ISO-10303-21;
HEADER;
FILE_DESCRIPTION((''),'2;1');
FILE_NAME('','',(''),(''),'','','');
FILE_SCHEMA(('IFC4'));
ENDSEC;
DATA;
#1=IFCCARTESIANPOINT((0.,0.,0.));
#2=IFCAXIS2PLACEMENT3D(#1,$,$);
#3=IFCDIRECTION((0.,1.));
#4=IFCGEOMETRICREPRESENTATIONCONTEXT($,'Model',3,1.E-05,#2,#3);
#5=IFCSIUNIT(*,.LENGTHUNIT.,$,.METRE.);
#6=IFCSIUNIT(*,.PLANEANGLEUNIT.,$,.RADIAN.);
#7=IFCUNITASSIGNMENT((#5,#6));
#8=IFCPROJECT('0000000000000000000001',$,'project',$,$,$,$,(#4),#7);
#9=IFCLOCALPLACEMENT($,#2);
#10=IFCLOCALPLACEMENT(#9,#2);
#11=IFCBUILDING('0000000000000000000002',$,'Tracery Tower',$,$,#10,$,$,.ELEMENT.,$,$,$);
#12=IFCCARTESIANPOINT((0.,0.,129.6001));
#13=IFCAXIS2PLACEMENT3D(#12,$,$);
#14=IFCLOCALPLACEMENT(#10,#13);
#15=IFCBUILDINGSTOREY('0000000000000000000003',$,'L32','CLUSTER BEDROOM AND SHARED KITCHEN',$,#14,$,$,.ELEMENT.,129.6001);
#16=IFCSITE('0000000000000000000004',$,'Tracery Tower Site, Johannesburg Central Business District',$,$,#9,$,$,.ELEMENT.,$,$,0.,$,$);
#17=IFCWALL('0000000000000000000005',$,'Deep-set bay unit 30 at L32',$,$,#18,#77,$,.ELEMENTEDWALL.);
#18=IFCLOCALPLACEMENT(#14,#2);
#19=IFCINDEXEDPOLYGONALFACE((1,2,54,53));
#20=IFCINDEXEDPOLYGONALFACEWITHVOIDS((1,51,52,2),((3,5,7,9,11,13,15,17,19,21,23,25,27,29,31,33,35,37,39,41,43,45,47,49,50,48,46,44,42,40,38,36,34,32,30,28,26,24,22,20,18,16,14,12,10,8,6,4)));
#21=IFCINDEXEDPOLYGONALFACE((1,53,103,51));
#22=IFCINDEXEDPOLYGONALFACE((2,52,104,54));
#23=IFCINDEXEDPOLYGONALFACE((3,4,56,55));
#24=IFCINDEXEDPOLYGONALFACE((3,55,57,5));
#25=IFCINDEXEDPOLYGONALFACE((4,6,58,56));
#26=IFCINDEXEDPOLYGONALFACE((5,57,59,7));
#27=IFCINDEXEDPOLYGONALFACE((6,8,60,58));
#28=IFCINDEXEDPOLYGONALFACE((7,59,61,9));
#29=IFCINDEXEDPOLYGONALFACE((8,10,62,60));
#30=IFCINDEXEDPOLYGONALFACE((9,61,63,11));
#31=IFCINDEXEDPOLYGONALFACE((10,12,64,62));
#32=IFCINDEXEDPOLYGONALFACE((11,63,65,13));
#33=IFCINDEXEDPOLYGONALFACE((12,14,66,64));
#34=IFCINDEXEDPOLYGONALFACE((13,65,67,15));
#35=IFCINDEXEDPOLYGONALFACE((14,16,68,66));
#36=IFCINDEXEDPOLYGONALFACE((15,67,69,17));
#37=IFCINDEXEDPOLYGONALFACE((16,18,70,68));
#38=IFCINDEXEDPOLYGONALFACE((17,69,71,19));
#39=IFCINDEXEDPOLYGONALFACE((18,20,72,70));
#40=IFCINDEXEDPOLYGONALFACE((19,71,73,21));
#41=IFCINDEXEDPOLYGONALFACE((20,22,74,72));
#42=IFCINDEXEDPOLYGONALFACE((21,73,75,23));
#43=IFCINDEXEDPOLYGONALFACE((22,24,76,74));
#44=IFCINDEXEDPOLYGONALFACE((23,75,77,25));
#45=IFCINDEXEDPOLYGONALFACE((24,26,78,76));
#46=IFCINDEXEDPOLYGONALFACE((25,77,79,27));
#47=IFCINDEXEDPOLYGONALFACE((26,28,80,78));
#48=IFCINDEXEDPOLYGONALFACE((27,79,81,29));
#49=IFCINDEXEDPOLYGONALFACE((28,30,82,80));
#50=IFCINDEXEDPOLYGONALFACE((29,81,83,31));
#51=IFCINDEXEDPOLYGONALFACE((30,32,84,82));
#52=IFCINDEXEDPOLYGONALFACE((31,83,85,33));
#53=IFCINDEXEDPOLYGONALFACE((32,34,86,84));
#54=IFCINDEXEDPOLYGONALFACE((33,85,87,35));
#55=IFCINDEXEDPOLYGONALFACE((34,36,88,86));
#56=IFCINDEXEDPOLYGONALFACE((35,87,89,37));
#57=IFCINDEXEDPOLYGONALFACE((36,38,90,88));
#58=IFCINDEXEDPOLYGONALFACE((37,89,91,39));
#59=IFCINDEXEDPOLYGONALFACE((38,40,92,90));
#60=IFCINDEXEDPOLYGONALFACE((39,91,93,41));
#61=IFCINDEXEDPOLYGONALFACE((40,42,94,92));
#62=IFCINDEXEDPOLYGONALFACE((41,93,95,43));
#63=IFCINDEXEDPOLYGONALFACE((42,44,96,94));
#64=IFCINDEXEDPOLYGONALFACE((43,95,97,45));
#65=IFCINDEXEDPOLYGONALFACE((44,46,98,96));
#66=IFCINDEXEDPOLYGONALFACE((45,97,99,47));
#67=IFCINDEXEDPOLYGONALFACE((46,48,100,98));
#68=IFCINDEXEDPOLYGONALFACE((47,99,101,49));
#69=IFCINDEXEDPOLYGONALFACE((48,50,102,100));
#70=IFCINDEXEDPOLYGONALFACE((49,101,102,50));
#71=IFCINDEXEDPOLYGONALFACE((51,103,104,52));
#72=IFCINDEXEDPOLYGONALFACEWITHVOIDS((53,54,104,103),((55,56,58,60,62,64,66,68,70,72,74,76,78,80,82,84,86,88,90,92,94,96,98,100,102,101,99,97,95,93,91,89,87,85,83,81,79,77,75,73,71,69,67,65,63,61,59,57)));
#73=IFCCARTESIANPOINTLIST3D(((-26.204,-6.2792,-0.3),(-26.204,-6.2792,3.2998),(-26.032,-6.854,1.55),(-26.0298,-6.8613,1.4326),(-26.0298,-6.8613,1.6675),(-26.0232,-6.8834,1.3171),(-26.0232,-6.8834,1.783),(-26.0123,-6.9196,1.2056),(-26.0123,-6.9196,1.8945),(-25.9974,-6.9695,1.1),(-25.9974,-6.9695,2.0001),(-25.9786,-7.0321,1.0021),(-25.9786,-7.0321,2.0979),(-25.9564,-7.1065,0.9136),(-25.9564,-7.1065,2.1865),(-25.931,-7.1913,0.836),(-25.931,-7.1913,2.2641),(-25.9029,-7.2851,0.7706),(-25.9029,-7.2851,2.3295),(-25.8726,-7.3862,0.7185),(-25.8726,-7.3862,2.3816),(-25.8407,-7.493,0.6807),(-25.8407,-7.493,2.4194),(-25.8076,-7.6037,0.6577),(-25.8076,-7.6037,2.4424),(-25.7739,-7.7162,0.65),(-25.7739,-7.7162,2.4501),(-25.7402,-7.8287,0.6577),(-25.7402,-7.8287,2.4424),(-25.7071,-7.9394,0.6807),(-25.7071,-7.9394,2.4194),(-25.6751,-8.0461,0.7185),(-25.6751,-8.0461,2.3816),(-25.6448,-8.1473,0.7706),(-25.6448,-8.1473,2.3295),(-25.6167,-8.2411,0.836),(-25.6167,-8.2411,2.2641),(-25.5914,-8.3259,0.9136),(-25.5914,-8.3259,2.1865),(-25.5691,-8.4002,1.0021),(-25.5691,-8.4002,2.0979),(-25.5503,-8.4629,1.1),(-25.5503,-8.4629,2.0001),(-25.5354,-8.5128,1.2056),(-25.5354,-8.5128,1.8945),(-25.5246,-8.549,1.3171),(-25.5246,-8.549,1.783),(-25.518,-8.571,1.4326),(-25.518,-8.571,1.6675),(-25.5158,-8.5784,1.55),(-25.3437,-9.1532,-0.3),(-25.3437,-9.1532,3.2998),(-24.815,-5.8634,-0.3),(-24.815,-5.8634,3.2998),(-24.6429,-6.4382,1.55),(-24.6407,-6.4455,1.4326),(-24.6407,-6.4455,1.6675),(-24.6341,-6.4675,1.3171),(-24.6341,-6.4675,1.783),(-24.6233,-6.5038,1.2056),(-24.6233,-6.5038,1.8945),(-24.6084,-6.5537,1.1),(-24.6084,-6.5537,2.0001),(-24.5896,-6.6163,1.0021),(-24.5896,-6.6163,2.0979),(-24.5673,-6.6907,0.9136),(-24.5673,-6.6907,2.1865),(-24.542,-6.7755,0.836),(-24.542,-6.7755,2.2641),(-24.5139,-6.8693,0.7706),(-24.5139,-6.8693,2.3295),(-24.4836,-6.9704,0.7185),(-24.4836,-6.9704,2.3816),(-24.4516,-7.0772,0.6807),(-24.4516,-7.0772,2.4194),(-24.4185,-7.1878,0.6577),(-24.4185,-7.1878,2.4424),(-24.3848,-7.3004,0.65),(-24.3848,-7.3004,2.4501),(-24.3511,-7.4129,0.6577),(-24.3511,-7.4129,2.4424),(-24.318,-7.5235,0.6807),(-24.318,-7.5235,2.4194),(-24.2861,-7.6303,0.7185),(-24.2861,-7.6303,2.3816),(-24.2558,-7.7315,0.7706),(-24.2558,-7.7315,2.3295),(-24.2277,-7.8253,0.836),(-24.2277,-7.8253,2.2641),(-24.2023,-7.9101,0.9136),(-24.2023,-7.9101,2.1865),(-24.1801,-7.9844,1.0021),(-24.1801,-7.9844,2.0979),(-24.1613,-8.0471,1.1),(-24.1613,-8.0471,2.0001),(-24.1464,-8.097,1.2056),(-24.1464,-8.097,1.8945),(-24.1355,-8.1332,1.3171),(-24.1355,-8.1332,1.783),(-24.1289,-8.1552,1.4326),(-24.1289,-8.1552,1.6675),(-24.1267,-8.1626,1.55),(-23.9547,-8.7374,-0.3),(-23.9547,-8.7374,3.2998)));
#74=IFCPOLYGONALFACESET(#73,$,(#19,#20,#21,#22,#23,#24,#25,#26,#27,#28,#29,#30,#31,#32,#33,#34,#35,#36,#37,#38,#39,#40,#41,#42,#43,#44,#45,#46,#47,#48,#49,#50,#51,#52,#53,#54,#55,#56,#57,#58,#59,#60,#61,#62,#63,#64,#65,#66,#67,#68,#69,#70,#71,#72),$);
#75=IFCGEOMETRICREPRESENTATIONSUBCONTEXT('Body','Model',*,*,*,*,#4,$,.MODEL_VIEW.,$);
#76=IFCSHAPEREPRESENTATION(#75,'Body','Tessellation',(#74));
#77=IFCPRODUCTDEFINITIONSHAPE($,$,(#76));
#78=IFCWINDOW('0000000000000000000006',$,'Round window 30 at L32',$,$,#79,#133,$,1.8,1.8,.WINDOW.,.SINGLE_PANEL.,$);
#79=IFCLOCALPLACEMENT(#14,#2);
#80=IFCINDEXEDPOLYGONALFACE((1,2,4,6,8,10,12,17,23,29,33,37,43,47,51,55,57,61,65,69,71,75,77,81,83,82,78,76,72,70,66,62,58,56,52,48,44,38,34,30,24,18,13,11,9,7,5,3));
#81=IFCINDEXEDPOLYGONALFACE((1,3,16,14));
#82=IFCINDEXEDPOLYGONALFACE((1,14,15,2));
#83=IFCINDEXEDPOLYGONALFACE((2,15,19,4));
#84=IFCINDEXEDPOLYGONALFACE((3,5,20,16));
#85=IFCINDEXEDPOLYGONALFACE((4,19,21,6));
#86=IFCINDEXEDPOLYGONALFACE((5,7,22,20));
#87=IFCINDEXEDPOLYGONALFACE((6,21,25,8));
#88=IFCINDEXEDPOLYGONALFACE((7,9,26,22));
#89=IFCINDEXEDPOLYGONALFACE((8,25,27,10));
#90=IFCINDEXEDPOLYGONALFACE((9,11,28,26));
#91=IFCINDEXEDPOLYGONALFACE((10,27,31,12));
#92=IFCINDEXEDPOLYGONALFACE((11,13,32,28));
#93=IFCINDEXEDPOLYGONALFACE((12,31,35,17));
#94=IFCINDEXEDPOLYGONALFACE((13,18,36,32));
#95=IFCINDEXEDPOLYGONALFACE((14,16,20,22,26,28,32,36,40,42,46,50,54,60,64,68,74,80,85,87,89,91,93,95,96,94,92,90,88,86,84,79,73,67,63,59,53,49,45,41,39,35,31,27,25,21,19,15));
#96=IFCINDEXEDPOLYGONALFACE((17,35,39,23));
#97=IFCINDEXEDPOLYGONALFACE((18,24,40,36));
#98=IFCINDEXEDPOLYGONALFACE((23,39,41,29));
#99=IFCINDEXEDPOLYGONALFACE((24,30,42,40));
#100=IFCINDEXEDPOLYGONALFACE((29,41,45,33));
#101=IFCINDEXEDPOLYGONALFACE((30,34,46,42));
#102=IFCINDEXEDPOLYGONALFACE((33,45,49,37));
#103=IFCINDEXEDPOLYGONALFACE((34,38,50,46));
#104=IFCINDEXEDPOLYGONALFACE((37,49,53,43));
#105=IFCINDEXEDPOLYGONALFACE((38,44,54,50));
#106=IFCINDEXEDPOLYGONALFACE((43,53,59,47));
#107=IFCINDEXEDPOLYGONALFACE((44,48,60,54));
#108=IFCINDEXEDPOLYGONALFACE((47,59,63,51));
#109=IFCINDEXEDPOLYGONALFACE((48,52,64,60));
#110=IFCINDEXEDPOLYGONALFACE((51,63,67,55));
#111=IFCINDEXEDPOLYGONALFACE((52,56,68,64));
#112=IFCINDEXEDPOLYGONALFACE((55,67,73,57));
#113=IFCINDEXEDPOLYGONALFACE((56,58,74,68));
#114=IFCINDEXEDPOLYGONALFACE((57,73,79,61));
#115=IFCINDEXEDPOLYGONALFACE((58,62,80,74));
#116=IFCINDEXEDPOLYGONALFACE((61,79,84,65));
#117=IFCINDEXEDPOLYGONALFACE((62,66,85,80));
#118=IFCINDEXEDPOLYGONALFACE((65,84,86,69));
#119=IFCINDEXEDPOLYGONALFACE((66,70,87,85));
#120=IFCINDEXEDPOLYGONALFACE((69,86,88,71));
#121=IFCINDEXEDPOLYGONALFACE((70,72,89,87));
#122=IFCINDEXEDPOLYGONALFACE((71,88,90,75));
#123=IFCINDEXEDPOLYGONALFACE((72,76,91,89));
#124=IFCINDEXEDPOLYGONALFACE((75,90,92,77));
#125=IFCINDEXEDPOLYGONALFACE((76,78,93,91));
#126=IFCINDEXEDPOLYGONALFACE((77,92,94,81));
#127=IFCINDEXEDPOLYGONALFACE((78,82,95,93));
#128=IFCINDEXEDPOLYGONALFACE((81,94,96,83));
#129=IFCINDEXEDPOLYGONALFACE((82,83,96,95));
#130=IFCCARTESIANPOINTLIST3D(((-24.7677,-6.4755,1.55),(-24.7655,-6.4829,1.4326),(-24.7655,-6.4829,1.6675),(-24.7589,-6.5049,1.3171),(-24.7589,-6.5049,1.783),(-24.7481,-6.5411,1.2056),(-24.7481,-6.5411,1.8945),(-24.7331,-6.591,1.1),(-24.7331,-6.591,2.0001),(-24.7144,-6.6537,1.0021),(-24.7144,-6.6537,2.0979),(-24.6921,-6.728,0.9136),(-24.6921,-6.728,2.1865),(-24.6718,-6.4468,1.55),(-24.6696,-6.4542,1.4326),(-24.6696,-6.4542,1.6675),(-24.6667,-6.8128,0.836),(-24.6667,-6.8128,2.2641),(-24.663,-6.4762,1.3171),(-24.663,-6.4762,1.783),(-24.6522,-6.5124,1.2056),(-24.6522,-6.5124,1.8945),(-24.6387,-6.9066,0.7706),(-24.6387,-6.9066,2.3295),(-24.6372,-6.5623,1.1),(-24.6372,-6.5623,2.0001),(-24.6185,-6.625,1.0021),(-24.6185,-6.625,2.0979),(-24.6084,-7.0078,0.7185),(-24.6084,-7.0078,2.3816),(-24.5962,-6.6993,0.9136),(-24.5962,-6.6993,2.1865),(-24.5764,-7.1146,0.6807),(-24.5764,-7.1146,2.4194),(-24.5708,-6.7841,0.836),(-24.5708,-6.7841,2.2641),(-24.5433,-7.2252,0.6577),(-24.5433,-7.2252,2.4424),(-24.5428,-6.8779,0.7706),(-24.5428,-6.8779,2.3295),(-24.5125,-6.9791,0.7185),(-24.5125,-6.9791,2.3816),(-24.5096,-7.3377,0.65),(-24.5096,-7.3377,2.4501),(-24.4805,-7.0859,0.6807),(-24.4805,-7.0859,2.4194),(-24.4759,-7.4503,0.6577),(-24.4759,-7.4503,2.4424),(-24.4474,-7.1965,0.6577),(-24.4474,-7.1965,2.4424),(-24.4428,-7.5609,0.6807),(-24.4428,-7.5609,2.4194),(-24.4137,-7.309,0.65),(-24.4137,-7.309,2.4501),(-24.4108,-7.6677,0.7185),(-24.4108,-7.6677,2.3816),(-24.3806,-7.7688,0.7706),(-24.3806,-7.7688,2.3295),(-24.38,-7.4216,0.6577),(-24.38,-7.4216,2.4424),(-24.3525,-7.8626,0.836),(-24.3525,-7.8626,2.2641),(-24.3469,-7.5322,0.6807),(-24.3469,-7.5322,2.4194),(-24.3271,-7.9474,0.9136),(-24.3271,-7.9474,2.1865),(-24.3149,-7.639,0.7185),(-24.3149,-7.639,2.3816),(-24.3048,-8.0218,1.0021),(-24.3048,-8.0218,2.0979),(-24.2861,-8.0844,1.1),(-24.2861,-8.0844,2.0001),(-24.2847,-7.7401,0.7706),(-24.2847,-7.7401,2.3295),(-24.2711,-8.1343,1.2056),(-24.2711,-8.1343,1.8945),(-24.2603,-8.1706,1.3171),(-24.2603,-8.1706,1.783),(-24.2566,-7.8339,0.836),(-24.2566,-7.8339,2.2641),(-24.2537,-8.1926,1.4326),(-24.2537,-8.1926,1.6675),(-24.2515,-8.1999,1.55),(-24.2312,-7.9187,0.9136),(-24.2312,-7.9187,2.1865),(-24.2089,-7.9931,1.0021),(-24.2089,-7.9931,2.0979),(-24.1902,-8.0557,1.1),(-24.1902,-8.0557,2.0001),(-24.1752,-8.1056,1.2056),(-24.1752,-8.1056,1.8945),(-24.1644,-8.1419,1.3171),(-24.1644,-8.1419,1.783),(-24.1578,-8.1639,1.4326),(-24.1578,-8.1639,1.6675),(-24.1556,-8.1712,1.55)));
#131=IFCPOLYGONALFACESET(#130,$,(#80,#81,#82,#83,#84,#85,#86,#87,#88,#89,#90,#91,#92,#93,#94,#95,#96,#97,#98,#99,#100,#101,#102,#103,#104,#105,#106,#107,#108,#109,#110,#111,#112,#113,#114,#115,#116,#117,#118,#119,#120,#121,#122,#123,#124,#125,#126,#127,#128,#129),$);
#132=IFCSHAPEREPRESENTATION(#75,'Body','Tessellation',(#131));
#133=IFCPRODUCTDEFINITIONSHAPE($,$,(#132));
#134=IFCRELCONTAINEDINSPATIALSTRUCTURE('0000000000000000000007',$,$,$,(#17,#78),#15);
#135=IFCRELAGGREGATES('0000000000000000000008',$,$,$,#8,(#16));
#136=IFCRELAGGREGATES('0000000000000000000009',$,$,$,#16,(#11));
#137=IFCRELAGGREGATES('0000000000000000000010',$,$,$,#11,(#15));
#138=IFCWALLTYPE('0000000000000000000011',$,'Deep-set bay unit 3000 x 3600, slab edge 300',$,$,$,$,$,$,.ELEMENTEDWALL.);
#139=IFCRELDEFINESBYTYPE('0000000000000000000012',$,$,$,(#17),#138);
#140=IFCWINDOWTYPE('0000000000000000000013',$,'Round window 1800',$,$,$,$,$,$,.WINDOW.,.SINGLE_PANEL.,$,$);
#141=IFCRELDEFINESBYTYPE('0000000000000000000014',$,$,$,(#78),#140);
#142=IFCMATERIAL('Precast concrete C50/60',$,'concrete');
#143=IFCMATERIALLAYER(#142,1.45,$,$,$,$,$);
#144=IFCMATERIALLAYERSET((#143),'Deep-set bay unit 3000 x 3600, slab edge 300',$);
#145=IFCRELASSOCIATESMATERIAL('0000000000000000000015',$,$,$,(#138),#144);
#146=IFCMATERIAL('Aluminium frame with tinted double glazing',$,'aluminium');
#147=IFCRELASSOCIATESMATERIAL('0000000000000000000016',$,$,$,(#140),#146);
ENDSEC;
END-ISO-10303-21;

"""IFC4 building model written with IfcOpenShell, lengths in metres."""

from ifc_helpers import new_model, si_unit, direction, frame, frame_2d, origin, origin_2d, place, context, subcontext, project, spatial, rectangle, circle, extrude, material, layer, layer_set, type_object, element, fill, save


model = new_model("IFC4")

# Units and contexts
model_context = context("Model", 3, precision=1e-05, world=origin(), true_north=direction((0.0, 1.0)))
body_context = subcontext(model_context, "Body", "Model", "MODEL_VIEW")
ifc_project = project(units=[si_unit("LENGTHUNIT", "METRE"), si_unit("PLANEANGLEUNIT", "RADIAN")], contexts=[model_context])

# Site, building, storey
site_placement = place(None, origin())
site = spatial("IfcSite", under=ifc_project, at=site_placement, Name="Tracery Tower Site, Johannesburg Central Business District", CompositionType="ELEMENT", RefElevation=0.0)
building_placement = place(site_placement, origin())
building = spatial("IfcBuilding", under=site, at=building_placement, Name="Tracery Tower", CompositionType="ELEMENT")
storey_placement = place(building_placement, frame((0.0, 0.0, 129.6001)))
storey = spatial("IfcBuildingStorey", under=building, at=storey_placement, Name="L32", Description="CLUSTER BEDROOM AND SHARED KITCHEN", CompositionType="ELEMENT", Elevation=129.6001)

# Wall, opening, window
ifc_material_1 = material(Name="Precast concrete C50/60", Category="concrete")
ifc_layer_1 = layer(ifc_material_1, 1.45)
ifc_layer_set_1 = layer_set([ifc_layer_1], Name="Deep-set bay unit 3000 x 3600, slab edge 300")
wall_type_1 = type_object("IfcWallType", Name="Deep-set bay unit 3000 x 3600, slab edge 300", PredefinedType="ELEMENTEDWALL", material=ifc_layer_set_1)
wall_1_placement = place(storey_placement, frame((-25.5095, -6.0713, -0.3), z_axis=(0.0, 0.0, 1.0), x_axis=(0.28678, -0.957996, 0.0)))
wall_1 = element("IfcWall", 1, at=wall_1_placement, inside=storey, type_object=wall_type_1, Name="Deep-set bay unit 30 at L32", PredefinedType="ELEMENTEDWALL", context=body_context, shape_type="SweptSolid", body=[
    extrude(rectangle(XDim=3.0, YDim=1.45, at=frame_2d((1.5, 0.0))), origin(), (0.0, 0.0, 1.0), 3.5999),
])
opening_1_placement = place(wall_1_placement, frame((1.5, 0.0, 1.8501)))
opening_1 = element("IfcOpeningElement", 2, at=opening_1_placement, cuts=wall_1, PredefinedType="OPENING", context=body_context, shape_type="SweptSolid", body=[
    extrude(circle(Radius=0.9, at=origin_2d()), frame((0.0, 0.7349, 0.0), z_axis=(0.0, -1.0, 0.0), x_axis=(1.0, 0.0, 0.0)), (0.0, 0.0, 1.0), 1.47),
])
ifc_material_2 = material(Name="Aluminium frame with tinted double glazing", Category="aluminium")
window_type = type_object("IfcWindowType", Name="Round window 1800", PartitioningType="SINGLE_PANEL", PredefinedType="WINDOW", material=ifc_material_2)
window_1_placement = place(opening_1_placement, origin())
window_1 = element("IfcWindow", 3, at=window_1_placement, inside=storey, type_object=window_type, Name="Round window 30 at L32", OverallHeight=1.8, OverallWidth=1.8, PartitioningType="SINGLE_PANEL", PredefinedType="WINDOW", context=body_context, shape_type="SweptSolid", body=[
    extrude(circle(Radius=0.9, at=origin_2d()), frame((0.0, 0.6948, 0.0), z_axis=(0.0, -1.0, 0.0), x_axis=(1.0, 0.0, 0.0)), (0.0, 0.0, 1.0), 0.1001),
])
fill(opening_1, window_1)

save(model, "model.ifc")
